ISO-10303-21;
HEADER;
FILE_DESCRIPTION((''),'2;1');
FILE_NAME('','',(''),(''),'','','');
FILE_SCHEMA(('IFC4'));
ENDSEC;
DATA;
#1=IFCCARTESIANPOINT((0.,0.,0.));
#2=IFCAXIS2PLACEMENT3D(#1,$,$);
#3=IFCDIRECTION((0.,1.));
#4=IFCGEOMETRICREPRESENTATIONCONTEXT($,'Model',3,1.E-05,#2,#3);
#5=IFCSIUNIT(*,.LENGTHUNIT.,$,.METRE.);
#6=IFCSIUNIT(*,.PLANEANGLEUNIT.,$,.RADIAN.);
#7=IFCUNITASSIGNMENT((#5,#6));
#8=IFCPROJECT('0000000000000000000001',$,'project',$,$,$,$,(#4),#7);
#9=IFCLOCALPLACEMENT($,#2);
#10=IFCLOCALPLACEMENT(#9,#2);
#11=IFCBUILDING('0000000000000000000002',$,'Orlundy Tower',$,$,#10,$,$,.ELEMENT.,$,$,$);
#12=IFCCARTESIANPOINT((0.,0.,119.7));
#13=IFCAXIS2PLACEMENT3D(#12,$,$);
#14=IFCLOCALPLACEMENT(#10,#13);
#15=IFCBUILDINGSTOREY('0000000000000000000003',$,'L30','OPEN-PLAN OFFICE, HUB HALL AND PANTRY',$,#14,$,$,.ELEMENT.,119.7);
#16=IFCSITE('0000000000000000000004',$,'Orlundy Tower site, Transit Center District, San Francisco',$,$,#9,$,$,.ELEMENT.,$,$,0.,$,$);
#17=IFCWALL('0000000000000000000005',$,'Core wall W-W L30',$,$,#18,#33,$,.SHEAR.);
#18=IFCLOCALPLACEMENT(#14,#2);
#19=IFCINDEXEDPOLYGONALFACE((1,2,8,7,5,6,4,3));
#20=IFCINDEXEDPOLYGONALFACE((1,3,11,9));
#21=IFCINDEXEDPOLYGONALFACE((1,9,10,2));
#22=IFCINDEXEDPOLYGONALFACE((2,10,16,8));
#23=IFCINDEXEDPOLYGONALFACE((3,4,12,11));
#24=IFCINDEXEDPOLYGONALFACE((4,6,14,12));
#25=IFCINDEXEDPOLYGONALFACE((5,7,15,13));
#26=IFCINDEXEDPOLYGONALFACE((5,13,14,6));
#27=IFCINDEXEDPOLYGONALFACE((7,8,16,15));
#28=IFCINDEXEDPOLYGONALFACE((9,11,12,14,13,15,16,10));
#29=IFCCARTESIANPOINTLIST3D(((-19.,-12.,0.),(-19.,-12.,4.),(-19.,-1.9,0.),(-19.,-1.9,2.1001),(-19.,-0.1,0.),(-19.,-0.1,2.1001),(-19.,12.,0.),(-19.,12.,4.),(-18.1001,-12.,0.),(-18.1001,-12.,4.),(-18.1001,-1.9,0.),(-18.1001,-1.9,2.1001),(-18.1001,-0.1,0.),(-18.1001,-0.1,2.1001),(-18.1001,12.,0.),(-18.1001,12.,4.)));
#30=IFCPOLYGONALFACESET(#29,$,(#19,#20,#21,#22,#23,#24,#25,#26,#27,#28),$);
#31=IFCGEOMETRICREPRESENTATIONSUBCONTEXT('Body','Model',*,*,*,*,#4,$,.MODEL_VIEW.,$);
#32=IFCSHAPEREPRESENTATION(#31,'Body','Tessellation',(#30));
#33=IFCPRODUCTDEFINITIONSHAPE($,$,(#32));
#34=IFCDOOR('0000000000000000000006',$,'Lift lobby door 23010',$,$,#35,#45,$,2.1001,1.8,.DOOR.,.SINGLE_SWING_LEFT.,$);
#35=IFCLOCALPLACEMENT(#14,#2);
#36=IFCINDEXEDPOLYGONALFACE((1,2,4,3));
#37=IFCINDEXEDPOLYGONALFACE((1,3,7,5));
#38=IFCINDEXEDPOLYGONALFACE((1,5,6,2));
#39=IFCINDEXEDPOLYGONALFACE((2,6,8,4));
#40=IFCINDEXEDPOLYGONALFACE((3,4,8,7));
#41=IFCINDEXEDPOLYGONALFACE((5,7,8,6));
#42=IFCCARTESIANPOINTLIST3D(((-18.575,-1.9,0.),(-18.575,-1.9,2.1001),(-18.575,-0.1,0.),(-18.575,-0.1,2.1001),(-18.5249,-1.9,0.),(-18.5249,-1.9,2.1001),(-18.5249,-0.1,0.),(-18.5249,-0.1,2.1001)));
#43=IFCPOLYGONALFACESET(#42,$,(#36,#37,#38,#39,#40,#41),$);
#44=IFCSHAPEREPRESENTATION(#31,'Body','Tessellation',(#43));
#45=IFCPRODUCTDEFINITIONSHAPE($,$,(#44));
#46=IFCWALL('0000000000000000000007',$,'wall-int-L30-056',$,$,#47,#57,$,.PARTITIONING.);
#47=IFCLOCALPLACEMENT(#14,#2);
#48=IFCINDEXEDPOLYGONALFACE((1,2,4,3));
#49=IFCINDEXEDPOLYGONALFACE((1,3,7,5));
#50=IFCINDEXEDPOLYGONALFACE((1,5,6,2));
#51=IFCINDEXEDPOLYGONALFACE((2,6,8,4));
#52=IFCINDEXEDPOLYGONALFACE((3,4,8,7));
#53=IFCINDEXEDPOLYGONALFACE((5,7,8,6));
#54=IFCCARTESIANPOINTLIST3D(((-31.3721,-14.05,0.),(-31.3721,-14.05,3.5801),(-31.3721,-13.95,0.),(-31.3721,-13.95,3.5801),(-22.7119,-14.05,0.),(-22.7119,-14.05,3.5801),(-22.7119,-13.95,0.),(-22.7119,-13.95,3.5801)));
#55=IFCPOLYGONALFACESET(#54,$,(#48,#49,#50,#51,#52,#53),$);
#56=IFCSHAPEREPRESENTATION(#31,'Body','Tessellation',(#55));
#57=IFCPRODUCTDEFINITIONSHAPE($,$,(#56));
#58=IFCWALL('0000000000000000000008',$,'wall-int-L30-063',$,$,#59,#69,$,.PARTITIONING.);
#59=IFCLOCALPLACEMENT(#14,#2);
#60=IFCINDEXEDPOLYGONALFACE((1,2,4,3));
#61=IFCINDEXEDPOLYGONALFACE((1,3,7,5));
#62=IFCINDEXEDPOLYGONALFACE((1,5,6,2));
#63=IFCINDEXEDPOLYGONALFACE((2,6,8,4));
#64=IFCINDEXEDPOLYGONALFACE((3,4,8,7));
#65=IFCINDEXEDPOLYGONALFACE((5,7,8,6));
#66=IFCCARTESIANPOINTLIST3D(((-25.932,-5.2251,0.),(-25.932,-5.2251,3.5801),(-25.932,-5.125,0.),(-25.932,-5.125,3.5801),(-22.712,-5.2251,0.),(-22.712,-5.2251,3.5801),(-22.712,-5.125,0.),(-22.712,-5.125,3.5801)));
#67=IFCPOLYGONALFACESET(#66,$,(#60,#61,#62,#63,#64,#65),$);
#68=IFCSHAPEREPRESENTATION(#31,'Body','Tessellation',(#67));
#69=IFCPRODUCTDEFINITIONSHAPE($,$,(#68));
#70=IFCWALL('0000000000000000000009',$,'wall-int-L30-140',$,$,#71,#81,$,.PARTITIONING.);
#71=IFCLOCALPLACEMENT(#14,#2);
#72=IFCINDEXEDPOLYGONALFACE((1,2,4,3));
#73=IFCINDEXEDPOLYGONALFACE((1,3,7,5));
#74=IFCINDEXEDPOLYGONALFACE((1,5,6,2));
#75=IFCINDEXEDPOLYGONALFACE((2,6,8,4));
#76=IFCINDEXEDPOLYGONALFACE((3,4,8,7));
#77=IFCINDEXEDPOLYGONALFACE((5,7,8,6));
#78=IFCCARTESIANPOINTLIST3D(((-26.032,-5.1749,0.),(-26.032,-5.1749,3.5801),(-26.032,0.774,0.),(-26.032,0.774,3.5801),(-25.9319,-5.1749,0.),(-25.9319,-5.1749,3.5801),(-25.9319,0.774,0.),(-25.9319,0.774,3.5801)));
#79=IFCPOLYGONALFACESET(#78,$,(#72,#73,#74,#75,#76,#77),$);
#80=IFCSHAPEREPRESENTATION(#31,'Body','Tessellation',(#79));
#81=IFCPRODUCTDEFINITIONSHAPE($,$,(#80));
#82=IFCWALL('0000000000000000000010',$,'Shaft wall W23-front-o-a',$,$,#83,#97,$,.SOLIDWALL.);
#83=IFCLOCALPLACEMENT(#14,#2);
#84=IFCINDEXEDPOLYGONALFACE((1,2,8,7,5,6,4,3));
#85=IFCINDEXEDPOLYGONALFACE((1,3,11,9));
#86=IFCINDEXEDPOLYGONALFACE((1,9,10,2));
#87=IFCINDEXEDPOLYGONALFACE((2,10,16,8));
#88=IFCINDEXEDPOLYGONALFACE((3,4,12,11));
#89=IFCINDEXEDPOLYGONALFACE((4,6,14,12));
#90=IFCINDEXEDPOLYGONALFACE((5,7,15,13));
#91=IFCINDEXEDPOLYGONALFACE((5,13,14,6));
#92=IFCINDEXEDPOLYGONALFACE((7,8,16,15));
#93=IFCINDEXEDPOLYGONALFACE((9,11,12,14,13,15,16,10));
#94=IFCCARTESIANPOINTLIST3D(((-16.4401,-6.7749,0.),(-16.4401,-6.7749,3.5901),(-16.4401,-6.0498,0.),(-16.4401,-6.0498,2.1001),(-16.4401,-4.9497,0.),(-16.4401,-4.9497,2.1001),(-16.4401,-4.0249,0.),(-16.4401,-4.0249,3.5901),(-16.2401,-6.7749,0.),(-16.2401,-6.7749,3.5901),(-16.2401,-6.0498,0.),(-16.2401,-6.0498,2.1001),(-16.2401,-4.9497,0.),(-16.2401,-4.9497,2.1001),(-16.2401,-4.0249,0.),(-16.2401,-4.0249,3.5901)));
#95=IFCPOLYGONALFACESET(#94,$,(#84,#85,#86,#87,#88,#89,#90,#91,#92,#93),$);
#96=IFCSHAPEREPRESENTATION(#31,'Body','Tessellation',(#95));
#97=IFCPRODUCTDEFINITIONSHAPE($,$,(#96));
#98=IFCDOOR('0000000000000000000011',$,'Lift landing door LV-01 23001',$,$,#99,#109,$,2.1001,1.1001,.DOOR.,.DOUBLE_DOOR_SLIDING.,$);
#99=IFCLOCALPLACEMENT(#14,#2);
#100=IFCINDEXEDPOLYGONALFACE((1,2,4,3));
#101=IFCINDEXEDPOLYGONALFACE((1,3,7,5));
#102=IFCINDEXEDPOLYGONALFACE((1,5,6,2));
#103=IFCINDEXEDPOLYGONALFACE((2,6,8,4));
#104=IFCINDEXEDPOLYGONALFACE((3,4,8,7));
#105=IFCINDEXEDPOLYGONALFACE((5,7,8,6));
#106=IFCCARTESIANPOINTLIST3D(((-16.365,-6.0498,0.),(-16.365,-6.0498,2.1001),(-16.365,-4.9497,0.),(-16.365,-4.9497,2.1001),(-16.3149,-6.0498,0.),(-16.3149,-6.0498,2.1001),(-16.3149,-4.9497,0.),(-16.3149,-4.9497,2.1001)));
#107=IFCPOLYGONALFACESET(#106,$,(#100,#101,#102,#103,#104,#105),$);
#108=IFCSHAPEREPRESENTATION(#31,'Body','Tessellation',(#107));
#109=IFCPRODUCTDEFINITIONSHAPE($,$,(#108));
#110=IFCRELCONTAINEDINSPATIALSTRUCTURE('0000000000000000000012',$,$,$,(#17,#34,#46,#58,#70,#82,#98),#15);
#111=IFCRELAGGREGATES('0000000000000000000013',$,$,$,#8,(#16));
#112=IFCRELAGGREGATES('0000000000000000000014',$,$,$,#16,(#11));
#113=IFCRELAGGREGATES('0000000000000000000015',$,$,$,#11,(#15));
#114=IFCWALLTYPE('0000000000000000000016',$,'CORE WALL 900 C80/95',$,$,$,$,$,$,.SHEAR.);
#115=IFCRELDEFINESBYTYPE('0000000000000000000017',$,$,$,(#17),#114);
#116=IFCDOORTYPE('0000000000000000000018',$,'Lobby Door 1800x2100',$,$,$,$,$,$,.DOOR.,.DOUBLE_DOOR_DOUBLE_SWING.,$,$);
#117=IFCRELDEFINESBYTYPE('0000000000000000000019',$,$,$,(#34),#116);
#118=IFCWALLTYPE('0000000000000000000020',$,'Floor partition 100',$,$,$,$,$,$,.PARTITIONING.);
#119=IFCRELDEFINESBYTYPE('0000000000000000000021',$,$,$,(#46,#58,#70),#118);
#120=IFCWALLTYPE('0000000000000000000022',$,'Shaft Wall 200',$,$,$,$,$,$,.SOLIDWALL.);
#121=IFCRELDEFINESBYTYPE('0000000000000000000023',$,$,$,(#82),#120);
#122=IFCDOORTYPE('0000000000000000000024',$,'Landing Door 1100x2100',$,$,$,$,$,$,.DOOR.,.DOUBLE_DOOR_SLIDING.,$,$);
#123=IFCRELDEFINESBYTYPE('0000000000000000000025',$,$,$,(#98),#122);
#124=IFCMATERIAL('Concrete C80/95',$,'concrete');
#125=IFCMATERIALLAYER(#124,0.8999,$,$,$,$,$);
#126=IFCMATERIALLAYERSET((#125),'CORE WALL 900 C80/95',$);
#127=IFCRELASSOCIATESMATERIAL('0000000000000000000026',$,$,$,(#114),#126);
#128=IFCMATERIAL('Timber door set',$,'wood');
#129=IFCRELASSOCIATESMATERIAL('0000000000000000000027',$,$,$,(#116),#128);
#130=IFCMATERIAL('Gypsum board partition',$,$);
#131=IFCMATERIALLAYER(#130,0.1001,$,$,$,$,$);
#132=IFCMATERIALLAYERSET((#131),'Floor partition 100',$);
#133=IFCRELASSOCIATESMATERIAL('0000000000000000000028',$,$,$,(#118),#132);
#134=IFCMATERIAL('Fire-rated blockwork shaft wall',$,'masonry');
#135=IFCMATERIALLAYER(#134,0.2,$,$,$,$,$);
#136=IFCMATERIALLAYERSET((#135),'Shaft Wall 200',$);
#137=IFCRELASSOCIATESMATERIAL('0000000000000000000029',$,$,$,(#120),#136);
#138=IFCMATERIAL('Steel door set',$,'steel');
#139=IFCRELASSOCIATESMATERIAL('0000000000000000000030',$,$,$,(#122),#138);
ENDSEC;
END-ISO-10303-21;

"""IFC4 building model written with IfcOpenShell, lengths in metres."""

from ifc_helpers import new_model, si_unit, direction, frame, frame_2d, origin, place, context, subcontext, project, spatial, rectangle, extrude, material, layer, layer_set, type_object, element, fill, save


model = new_model("IFC4")

# Units and contexts
model_context = context("Model", 3, precision=1e-05, world=origin(), true_north=direction((0.0, 1.0)))
body_context = subcontext(model_context, "Body", "Model", "MODEL_VIEW")
ifc_project = project(units=[si_unit("LENGTHUNIT", "METRE"), si_unit("PLANEANGLEUNIT", "RADIAN")], contexts=[model_context])

# Site, building, storey
site_placement = place(None, origin())
site = spatial("IfcSite", under=ifc_project, at=site_placement, Name="Orlundy Tower site, Transit Center District, San Francisco", CompositionType="ELEMENT", RefElevation=0.0)
building_placement = place(site_placement, origin())
building = spatial("IfcBuilding", under=site, at=building_placement, Name="Orlundy Tower", CompositionType="ELEMENT")
storey_placement = place(building_placement, frame((0.0, 0.0, 119.7)))
storey = spatial("IfcBuildingStorey", under=building, at=storey_placement, Name="L30", Description="OPEN-PLAN OFFICE, HUB HALL AND PANTRY", CompositionType="ELEMENT", Elevation=119.7)

# Shared definitions
ifc_material_1 = material(Name="Concrete C80/95", Category="concrete")
ifc_layer_1 = layer(ifc_material_1, 0.8999)
ifc_layer_set_1 = layer_set([ifc_layer_1], Name="CORE WALL 900 C80/95")
wall_type_1 = type_object("IfcWallType", Name="CORE WALL 900 C80/95", PredefinedType="SHEAR", material=ifc_layer_set_1)

# Wall, opening, door
wall_1_placement = place(storey_placement, frame((-18.55, -12.0, 0.0), z_axis=(0.0, 0.0, 1.0), x_axis=(0.0, 1.0, 0.0)))
wall_1 = element("IfcWall", 1, at=wall_1_placement, inside=storey, type_object=wall_type_1, Name="Core wall W-W L30", PredefinedType="SHEAR", context=body_context, shape_type="SweptSolid", body=[
    extrude(rectangle(XDim=24.0, YDim=0.8999, at=frame_2d((12.0, 0.0))), origin(), (0.0, 0.0, 1.0), 4.0),
])
opening_1_placement = place(wall_1_placement, frame((10.1001, 0.0, 0.0)))
opening_1 = element("IfcOpeningElement", 2, at=opening_1_placement, cuts=wall_1, PredefinedType="OPENING", context=body_context, shape_type="SweptSolid", body=[
    extrude(rectangle(XDim=1.8, YDim=2.1001, at=frame_2d((0.8999, 1.05))), frame((0.0, 0.46, 0.0), z_axis=(0.0, -1.0, 0.0), x_axis=(1.0, 0.0, 0.0)), (0.0, 0.0, 1.0), 0.9199),
])
ifc_material_2 = material(Name="Timber door set", Category="wood")
door_type_1 = type_object("IfcDoorType", Name="Lobby Door 1800x2100", OperationType="DOUBLE_DOOR_DOUBLE_SWING", PredefinedType="DOOR", material=ifc_material_2)
door_1_placement = place(opening_1_placement, origin())
door_1 = element("IfcDoor", 3, at=door_1_placement, inside=storey, type_object=door_type_1, Name="Lift lobby door 23010", OperationType="SINGLE_SWING_LEFT", OverallHeight=2.1001, OverallWidth=1.8, PredefinedType="DOOR", context=body_context, shape_type="SweptSolid", body=[
    extrude(rectangle(XDim=1.8, YDim=2.1001, at=frame_2d((0.8999, 1.05))), frame((0.0, 0.0249, 0.0), z_axis=(0.0, -1.0, 0.0), x_axis=(1.0, 0.0, 0.0)), (0.0, 0.0, 1.0), 0.05),
])
fill(opening_1, door_1)

# Walls
ifc_material_3 = material(Name="Gypsum board partition")
ifc_layer_2 = layer(ifc_material_3, 0.1001)
ifc_layer_set_2 = layer_set([ifc_layer_2], Name="Floor partition 100")
wall_type_2 = type_object("IfcWallType", Name="Floor partition 100", PredefinedType="PARTITIONING", material=ifc_layer_set_2)
wall_2_placement = place(storey_placement, frame((-31.3721, -14.0, 0.0), z_axis=(0.0, 0.0, 1.0), x_axis=(1.0, 0.0, 0.0)))
element("IfcWall", 4, at=wall_2_placement, inside=storey, type_object=wall_type_2, Name="wall-int-L30-056", PredefinedType="PARTITIONING", context=body_context, shape_type="SweptSolid", body=[
    extrude(rectangle(XDim=8.6602, YDim=0.1001, at=frame_2d((4.3301, 0.0))), origin(), (0.0, 0.0, 1.0), 3.5801),
])
wall_3_placement = place(storey_placement, frame((-25.9319, -5.175, 0.0), z_axis=(0.0, 0.0, 1.0), x_axis=(1.0, 0.0, 0.0)))
element("IfcWall", 5, at=wall_3_placement, inside=storey, type_object=wall_type_2, Name="wall-int-L30-063", PredefinedType="PARTITIONING", context=body_context, shape_type="SweptSolid", body=[
    extrude(rectangle(XDim=3.22, YDim=0.1001, at=frame_2d((1.6099, 0.0))), origin(), (0.0, 0.0, 1.0), 3.5801),
])
wall_4_placement = place(storey_placement, frame((-25.9819, -5.175, 0.0), z_axis=(0.0, 0.0, 1.0), x_axis=(0.0, 1.0, 0.0)))
element("IfcWall", 6, at=wall_4_placement, inside=storey, type_object=wall_type_2, Name="wall-int-L30-140", PredefinedType="PARTITIONING", context=body_context, shape_type="SweptSolid", body=[
    extrude(rectangle(XDim=5.949, YDim=0.1001, at=frame_2d((2.9746, 0.0))), origin(), (0.0, 0.0, 1.0), 3.5801),
])

# Wall, opening, door
ifc_material_4 = material(Name="Fire-rated blockwork shaft wall", Category="masonry")
ifc_layer_3 = layer(ifc_material_4, 0.2)
ifc_layer_set_3 = layer_set([ifc_layer_3], Name="Shaft Wall 200")
wall_type_3 = type_object("IfcWallType", Name="Shaft Wall 200", PredefinedType="SOLIDWALL", material=ifc_layer_set_3)
wall_5_placement = place(storey_placement, frame((-16.3401, -6.7749, 0.0), z_axis=(0.0, 0.0, 1.0), x_axis=(0.0, 1.0, 0.0)))
wall_5 = element("IfcWall", 7, at=wall_5_placement, inside=storey, type_object=wall_type_3, Name="Shaft wall W23-front-o-a", PredefinedType="SOLIDWALL", context=body_context, shape_type="SweptSolid", body=[
    extrude(rectangle(XDim=2.75, YDim=0.2, at=frame_2d((1.375, 0.0))), origin(), (0.0, 0.0, 1.0), 3.5901),
])
opening_2_placement = place(wall_5_placement, frame((0.7251, 0.0, 0.0)))
opening_2 = element("IfcOpeningElement", 8, at=opening_2_placement, cuts=wall_5, PredefinedType="OPENING", context=body_context, shape_type="SweptSolid", body=[
    extrude(rectangle(XDim=1.1001, YDim=2.1001, at=frame_2d((0.55, 1.05))), frame((0.0, 0.1101, 0.0), z_axis=(0.0, -1.0, 0.0), x_axis=(1.0, 0.0, 0.0)), (0.0, 0.0, 1.0), 0.2202),
])
ifc_material_5 = material(Name="Steel door set", Category="steel")
door_type_2 = type_object("IfcDoorType", Name="Landing Door 1100x2100", OperationType="DOUBLE_DOOR_SLIDING", PredefinedType="DOOR", material=ifc_material_5)
door_2_placement = place(opening_2_placement, origin())
door_2 = element("IfcDoor", 9, at=door_2_placement, inside=storey, type_object=door_type_2, Name="Lift landing door LV-01 23001", OperationType="DOUBLE_DOOR_SLIDING", OverallHeight=2.1001, OverallWidth=1.1001, PredefinedType="DOOR", context=body_context, shape_type="SweptSolid", body=[
    extrude(rectangle(XDim=1.1001, YDim=2.1001, at=frame_2d((0.55, 1.05))), frame((0.0, 0.0249, 0.0), z_axis=(0.0, -1.0, 0.0), x_axis=(1.0, 0.0, 0.0)), (0.0, 0.0, 1.0), 0.05),
])
fill(opening_2, door_2)

save(model, "model.ifc")
